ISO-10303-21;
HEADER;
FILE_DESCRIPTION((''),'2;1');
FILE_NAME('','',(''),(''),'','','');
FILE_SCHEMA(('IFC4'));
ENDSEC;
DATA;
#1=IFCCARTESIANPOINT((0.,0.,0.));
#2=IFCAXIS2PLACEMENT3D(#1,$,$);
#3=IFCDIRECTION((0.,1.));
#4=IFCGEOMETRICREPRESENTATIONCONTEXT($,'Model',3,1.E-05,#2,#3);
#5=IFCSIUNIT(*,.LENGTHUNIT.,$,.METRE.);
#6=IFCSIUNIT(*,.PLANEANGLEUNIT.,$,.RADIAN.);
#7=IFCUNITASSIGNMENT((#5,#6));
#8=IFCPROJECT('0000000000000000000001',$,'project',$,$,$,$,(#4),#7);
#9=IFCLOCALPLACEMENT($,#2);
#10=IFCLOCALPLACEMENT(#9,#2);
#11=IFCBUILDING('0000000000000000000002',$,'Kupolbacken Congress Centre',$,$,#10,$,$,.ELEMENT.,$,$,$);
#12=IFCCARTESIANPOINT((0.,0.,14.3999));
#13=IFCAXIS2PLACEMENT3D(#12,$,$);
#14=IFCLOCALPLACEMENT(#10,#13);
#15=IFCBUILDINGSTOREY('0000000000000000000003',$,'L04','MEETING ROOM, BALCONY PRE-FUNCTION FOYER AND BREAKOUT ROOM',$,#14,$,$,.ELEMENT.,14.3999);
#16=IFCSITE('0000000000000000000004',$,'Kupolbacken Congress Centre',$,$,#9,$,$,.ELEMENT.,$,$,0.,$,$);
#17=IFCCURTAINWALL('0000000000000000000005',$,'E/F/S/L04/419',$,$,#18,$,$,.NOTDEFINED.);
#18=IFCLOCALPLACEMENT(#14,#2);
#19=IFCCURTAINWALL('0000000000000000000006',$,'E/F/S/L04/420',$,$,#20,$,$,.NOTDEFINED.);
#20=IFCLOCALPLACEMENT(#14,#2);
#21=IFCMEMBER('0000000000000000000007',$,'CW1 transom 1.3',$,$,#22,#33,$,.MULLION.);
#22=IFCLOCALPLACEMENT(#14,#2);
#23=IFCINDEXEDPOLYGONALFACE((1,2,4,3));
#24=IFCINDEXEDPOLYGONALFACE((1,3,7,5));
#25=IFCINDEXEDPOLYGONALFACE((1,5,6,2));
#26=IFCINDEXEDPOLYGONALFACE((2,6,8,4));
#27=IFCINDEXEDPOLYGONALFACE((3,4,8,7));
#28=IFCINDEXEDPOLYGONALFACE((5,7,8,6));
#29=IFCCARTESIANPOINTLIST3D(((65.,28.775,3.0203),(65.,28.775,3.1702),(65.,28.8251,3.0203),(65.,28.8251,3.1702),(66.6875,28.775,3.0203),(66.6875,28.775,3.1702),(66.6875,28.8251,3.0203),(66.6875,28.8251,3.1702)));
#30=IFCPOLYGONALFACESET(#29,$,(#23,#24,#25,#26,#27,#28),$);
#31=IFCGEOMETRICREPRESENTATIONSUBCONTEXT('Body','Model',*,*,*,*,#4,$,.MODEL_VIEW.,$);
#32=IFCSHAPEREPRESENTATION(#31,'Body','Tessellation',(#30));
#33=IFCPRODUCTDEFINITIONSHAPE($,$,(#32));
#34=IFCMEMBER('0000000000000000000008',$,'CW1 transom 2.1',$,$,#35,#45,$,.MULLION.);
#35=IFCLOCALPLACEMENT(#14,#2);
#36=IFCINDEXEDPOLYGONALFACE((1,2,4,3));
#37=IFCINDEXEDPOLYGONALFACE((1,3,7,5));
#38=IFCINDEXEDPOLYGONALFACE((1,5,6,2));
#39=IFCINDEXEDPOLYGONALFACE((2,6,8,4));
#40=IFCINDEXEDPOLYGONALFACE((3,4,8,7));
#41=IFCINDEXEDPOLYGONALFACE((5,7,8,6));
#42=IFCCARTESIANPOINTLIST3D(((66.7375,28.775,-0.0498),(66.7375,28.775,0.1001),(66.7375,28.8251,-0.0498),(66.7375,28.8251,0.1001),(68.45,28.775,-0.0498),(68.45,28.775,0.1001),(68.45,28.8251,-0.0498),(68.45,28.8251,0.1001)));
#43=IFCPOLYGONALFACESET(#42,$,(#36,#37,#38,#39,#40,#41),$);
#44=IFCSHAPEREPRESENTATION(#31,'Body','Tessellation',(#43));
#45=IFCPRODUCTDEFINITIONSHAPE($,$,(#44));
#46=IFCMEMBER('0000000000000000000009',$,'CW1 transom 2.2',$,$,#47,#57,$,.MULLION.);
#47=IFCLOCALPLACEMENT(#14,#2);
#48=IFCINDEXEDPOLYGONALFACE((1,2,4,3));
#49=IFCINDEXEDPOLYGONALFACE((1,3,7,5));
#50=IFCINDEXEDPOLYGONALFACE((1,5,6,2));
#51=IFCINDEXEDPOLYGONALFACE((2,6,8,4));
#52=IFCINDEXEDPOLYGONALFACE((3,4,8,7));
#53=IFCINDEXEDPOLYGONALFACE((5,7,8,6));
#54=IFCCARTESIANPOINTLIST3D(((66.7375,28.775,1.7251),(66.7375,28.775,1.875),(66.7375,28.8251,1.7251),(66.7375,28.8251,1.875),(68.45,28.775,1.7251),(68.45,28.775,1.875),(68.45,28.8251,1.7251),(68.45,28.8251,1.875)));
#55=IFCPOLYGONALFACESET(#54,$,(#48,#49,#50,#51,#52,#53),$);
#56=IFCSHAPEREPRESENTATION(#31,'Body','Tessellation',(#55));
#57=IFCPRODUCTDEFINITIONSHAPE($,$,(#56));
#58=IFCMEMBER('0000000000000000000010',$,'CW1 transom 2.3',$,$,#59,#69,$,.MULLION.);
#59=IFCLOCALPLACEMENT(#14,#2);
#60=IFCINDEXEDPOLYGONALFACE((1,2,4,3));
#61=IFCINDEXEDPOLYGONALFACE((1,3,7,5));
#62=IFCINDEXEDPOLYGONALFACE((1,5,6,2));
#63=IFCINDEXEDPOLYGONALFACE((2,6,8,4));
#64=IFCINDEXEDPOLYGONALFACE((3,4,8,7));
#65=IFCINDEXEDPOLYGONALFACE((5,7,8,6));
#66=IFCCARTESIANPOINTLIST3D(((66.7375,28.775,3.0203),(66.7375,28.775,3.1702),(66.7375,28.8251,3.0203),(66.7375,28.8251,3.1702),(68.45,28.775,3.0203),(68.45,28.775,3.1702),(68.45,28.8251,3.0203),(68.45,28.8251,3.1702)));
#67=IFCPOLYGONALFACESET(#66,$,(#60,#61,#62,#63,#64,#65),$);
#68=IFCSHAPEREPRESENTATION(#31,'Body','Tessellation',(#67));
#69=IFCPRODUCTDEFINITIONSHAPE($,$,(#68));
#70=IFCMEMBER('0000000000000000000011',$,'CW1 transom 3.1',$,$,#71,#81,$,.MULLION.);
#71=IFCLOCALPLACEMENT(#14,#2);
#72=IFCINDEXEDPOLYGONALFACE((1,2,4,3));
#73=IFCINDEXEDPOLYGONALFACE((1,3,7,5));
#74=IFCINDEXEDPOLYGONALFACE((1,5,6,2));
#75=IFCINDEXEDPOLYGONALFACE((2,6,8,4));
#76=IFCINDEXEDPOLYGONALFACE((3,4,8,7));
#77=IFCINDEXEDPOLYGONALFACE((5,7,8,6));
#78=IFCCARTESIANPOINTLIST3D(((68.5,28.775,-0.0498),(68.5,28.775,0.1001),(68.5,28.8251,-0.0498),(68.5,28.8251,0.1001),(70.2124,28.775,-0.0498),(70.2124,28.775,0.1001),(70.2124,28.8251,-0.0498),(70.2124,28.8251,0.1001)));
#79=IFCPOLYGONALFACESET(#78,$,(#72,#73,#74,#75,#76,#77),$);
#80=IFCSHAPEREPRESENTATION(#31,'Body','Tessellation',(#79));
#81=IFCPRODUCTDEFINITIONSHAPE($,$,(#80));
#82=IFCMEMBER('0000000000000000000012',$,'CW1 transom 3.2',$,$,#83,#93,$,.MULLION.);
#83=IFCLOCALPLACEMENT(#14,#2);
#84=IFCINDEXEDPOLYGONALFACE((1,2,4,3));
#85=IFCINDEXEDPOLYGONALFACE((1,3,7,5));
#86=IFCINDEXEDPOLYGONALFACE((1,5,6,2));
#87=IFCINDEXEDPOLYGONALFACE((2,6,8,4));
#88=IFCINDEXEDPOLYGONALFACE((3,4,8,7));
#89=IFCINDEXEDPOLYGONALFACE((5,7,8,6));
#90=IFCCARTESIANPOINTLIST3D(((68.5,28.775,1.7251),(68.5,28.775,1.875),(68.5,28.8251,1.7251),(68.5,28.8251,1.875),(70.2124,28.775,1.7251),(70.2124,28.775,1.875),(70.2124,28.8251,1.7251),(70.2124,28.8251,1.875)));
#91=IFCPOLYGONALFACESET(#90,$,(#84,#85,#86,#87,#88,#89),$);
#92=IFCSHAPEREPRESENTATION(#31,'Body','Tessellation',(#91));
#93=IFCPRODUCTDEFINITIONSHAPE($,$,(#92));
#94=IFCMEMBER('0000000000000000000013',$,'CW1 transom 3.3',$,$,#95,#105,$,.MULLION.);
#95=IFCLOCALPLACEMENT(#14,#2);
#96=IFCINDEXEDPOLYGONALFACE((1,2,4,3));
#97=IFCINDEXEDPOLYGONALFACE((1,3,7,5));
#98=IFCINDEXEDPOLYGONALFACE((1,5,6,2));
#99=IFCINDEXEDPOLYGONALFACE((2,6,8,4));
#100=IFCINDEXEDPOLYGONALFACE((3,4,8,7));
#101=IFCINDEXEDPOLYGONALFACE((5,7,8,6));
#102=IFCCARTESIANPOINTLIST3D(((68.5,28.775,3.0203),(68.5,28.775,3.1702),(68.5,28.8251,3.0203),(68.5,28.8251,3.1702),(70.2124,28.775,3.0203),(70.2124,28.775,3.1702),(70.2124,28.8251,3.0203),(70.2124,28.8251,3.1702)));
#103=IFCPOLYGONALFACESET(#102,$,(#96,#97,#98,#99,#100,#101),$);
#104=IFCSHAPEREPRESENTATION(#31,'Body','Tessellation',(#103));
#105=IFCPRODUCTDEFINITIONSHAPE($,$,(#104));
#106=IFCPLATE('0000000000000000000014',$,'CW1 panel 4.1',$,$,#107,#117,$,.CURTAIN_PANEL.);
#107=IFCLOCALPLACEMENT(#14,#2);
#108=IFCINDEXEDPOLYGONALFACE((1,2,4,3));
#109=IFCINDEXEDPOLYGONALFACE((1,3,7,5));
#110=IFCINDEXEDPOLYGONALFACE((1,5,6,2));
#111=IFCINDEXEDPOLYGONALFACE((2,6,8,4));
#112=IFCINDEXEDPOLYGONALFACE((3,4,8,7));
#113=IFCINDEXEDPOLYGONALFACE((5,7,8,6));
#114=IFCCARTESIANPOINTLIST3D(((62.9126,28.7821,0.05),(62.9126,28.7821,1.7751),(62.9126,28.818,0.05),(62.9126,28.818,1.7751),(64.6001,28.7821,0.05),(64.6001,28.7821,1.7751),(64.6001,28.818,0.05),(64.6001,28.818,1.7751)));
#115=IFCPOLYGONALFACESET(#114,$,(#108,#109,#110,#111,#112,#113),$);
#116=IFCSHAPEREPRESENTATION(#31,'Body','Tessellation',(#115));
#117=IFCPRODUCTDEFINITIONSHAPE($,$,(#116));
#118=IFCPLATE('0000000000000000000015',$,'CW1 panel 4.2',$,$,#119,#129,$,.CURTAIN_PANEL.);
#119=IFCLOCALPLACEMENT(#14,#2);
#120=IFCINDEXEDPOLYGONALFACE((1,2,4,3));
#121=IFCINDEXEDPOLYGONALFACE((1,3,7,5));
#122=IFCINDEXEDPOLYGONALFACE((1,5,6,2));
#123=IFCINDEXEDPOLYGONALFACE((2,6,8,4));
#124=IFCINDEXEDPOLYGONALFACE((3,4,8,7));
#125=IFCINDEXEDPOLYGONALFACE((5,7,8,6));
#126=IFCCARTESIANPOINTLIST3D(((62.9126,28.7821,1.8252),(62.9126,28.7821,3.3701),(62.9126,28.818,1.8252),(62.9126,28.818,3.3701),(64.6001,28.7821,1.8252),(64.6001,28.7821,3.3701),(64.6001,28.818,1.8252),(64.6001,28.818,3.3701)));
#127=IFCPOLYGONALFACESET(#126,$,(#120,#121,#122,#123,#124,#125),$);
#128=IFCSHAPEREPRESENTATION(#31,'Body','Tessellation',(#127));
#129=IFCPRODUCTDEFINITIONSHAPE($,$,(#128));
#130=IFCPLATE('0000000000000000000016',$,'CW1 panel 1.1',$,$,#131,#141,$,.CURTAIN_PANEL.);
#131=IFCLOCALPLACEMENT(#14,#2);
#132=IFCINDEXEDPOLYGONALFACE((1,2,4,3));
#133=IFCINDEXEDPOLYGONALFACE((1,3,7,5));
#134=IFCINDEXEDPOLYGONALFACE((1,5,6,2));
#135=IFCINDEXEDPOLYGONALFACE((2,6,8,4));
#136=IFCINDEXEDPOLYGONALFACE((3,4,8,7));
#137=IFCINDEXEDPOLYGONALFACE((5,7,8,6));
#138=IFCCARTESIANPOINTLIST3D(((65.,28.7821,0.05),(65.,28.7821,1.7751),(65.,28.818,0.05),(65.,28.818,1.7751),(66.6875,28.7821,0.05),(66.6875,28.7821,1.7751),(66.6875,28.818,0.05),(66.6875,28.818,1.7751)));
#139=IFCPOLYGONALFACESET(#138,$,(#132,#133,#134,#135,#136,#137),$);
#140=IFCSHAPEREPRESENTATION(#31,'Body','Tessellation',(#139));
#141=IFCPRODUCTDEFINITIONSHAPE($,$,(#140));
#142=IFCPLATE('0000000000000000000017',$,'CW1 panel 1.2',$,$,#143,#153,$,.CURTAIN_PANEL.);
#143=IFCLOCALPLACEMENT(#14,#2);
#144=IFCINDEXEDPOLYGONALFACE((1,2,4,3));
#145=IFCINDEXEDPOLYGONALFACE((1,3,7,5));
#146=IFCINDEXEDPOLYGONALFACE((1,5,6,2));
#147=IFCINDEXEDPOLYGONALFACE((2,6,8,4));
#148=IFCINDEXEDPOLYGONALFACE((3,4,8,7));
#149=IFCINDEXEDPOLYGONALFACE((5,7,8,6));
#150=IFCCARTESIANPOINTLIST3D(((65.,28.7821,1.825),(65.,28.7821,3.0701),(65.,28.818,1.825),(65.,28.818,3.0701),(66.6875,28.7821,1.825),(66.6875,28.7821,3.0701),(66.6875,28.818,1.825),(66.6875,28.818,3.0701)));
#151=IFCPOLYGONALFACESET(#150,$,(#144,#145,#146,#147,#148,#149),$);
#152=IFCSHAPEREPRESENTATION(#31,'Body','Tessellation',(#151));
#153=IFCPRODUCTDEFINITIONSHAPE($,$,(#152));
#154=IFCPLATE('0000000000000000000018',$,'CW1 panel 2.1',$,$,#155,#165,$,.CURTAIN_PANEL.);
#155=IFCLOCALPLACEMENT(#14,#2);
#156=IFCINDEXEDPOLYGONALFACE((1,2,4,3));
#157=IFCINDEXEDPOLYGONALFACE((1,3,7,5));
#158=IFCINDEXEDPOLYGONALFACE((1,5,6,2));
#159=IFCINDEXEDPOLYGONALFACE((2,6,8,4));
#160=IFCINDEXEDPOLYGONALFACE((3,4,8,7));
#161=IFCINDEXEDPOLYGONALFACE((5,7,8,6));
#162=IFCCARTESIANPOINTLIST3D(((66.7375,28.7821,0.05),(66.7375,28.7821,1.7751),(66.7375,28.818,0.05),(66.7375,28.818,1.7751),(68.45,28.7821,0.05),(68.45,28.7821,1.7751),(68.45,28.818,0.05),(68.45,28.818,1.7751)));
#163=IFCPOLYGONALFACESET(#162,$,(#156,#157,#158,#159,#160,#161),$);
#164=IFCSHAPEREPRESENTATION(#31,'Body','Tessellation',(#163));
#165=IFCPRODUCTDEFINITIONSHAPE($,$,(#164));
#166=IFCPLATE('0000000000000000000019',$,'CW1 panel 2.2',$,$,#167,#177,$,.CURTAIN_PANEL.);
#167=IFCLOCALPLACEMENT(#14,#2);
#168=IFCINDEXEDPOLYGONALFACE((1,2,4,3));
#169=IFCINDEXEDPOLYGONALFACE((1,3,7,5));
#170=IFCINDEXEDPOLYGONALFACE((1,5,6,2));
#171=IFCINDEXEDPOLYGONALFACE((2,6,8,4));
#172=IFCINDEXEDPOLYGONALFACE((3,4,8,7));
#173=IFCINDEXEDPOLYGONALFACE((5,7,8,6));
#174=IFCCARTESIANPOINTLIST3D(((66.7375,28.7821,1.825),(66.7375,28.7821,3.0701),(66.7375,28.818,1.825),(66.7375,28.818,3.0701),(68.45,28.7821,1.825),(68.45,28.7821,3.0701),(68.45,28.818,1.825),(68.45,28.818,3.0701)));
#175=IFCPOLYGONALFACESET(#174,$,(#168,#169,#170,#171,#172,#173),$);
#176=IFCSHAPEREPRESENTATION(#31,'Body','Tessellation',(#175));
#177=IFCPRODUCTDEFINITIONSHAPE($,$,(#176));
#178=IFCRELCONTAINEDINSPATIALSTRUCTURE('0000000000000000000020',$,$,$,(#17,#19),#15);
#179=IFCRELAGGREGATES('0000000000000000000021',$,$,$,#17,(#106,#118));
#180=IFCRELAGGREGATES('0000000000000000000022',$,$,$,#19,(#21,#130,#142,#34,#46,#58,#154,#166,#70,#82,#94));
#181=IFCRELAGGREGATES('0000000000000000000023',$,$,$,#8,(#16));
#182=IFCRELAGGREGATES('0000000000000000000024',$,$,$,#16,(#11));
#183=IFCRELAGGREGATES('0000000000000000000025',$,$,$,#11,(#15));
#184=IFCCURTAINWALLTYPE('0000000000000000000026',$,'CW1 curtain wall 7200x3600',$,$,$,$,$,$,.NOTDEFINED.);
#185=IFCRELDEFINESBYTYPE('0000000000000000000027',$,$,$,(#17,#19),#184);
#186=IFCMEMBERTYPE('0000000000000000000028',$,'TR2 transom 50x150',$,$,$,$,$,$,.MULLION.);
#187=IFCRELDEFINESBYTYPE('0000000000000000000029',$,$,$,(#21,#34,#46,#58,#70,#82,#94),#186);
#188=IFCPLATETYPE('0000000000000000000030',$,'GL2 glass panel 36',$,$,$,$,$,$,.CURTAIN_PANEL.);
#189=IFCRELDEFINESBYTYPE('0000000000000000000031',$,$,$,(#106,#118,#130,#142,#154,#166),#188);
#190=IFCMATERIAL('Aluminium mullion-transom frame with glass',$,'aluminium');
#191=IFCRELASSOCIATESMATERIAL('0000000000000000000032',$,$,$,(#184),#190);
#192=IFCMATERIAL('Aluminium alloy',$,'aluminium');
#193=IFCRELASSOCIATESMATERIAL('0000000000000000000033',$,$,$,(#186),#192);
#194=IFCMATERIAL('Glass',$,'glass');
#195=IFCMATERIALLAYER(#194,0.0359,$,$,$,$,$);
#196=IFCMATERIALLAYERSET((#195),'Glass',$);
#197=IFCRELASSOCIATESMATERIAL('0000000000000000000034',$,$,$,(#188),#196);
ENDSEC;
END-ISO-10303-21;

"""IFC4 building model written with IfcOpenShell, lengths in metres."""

from ifc_helpers import new_model, si_unit, direction, frame, origin, origin_2d, place, context, subcontext, project, spatial, rectangle, extrude, material, layer, layer_set, material_profile, profile_set, type_object, element, aggregate, save


model = new_model("IFC4")

# Units and contexts
model_context = context("Model", 3, precision=1e-05, world=origin(), true_north=direction((0.0, 1.0)))
body_context = subcontext(model_context, "Body", "Model", "MODEL_VIEW")
ifc_project = project(units=[si_unit("LENGTHUNIT", "METRE"), si_unit("PLANEANGLEUNIT", "RADIAN")], contexts=[model_context])

# Site, building, storey
site_placement = place(None, origin())
site = spatial("IfcSite", under=ifc_project, at=site_placement, Name="Kupolbacken Congress Centre", CompositionType="ELEMENT", RefElevation=0.0)
building_placement = place(site_placement, origin())
building = spatial("IfcBuilding", under=site, at=building_placement, Name="Kupolbacken Congress Centre", CompositionType="ELEMENT")
storey_placement = place(building_placement, frame((0.0, 0.0, 14.3999)))
storey = spatial("IfcBuildingStorey", under=building, at=storey_placement, Name="L04", Description="MEETING ROOM, BALCONY PRE-FUNCTION FOYER AND BREAKOUT ROOM", CompositionType="ELEMENT", Elevation=14.3999)

# Curtain wall
ifc_material_1 = material(Name="Aluminium mullion-transom frame with glass", Category="aluminium")
curtain_wall_type = type_object("IfcCurtainWallType", Name="CW1 curtain wall 7200x3600", PredefinedType="NOTDEFINED", material=ifc_material_1)
curtain_wall_1_placement = place(storey_placement, origin())
curtain_wall_1 = element("IfcCurtainWall", 1, at=curtain_wall_1_placement, inside=storey, type_object=curtain_wall_type, Name="E/F/S/L04/419", PredefinedType="NOTDEFINED")

# Curtain wall
curtain_wall_2_placement = place(storey_placement, origin())
curtain_wall_2 = element("IfcCurtainWall", 2, at=curtain_wall_2_placement, inside=storey, type_object=curtain_wall_type, Name="E/F/S/L04/420", PredefinedType="NOTDEFINED")

# Members
ifc_material_2 = material(Name="Aluminium alloy", Category="aluminium")
ifc_material_profile_1 = material_profile(ifc_material_2, rectangle(XDim=0.05, YDim=0.1499, at=origin_2d()), Name="50 x 150")
ifc_profile_set_1 = profile_set([ifc_material_profile_1], Name="Aluminium alloy")
member_type_1 = type_object("IfcMemberType", Name="TR2 transom 50x150", PredefinedType="MULLION", material=ifc_profile_set_1)
member_1_placement = place(storey_placement, frame((65.0, 28.8, 3.0952), z_axis=(1.0, 0.0, 0.0), x_axis=(0.0, 1.0, 0.0)))
member_1 = element("IfcMember", 3, at=member_1_placement, type_object=member_type_1, Name="CW1 transom 1.3", PredefinedType="MULLION", context=body_context, shape_type="SweptSolid", body=[
    extrude(rectangle(XDim=0.05, YDim=0.1499, at=origin_2d()), origin(), (0.0, 0.0, 1.0), 1.6875),
])
member_2_placement = place(storey_placement, frame((66.7375, 28.8, 0.0251), z_axis=(1.0, 0.0, 0.0), x_axis=(0.0, 1.0, 0.0)))
member_2 = element("IfcMember", 4, at=member_2_placement, type_object=member_type_1, Name="CW1 transom 2.1", PredefinedType="MULLION", context=body_context, shape_type="SweptSolid", body=[
    extrude(rectangle(XDim=0.05, YDim=0.1499, at=origin_2d()), origin(), (0.0, 0.0, 1.0), 1.7124),
])
member_3_placement = place(storey_placement, frame((66.7375, 28.8, 1.8), z_axis=(1.0, 0.0, 0.0), x_axis=(0.0, 1.0, 0.0)))
member_3 = element("IfcMember", 5, at=member_3_placement, type_object=member_type_1, Name="CW1 transom 2.2", PredefinedType="MULLION", context=body_context, shape_type="SweptSolid", body=[
    extrude(rectangle(XDim=0.05, YDim=0.1499, at=origin_2d()), origin(), (0.0, 0.0, 1.0), 1.7124),
])
member_4_placement = place(storey_placement, frame((66.7375, 28.8, 3.0952), z_axis=(1.0, 0.0, 0.0), x_axis=(0.0, 1.0, 0.0)))
member_4 = element("IfcMember", 6, at=member_4_placement, type_object=member_type_1, Name="CW1 transom 2.3", PredefinedType="MULLION", context=body_context, shape_type="SweptSolid", body=[
    extrude(rectangle(XDim=0.05, YDim=0.1499, at=origin_2d()), origin(), (0.0, 0.0, 1.0), 1.7124),
])
member_5_placement = place(storey_placement, frame((68.5, 28.8, 0.0251), z_axis=(1.0, 0.0, 0.0), x_axis=(0.0, 1.0, 0.0)))
member_5 = element("IfcMember", 7, at=member_5_placement, type_object=member_type_1, Name="CW1 transom 3.1", PredefinedType="MULLION", context=body_context, shape_type="SweptSolid", body=[
    extrude(rectangle(XDim=0.05, YDim=0.1499, at=origin_2d()), origin(), (0.0, 0.0, 1.0), 1.7124),
])
member_6_placement = place(storey_placement, frame((68.5, 28.8, 1.8), z_axis=(1.0, 0.0, 0.0), x_axis=(0.0, 1.0, 0.0)))
member_6 = element("IfcMember", 8, at=member_6_placement, type_object=member_type_1, Name="CW1 transom 3.2", PredefinedType="MULLION", context=body_context, shape_type="SweptSolid", body=[
    extrude(rectangle(XDim=0.05, YDim=0.1499, at=origin_2d()), origin(), (0.0, 0.0, 1.0), 1.7124),
])
member_7_placement = place(storey_placement, frame((68.5, 28.8, 3.0952), z_axis=(1.0, 0.0, 0.0), x_axis=(0.0, 1.0, 0.0)))
member_7 = element("IfcMember", 9, at=member_7_placement, type_object=member_type_1, Name="CW1 transom 3.3", PredefinedType="MULLION", context=body_context, shape_type="SweptSolid", body=[
    extrude(rectangle(XDim=0.05, YDim=0.1499, at=origin_2d()), origin(), (0.0, 0.0, 1.0), 1.7124),
])

# Plates
ifc_material_3 = material(Name="Glass", Category="glass")
ifc_layer = layer(ifc_material_3, 0.0359)
ifc_layer_set = layer_set([ifc_layer], Name="Glass")
plate_type = type_object("IfcPlateType", Name="GL2 glass panel 36", PredefinedType="CURTAIN_PANEL", material=ifc_layer_set)
plate_1_placement = place(storey_placement, frame((63.7563, 28.8, 0.05), z_axis=(0.0, 0.0, 1.0), x_axis=(1.0, 0.0, 0.0)))
plate_1 = element("IfcPlate", 10, at=plate_1_placement, type_object=plate_type, Name="CW1 panel 4.1", PredefinedType="CURTAIN_PANEL", context=body_context, shape_type="SweptSolid", body=[
    extrude(rectangle(XDim=1.6875, YDim=0.0359, at=origin_2d()), origin(), (0.0, 0.0, 1.0), 1.7251),
])
plate_2_placement = place(storey_placement, frame((63.7563, 28.8, 1.8252), z_axis=(0.0, 0.0, 1.0), x_axis=(1.0, 0.0, 0.0)))
plate_2 = element("IfcPlate", 11, at=plate_2_placement, type_object=plate_type, Name="CW1 panel 4.2", PredefinedType="CURTAIN_PANEL", context=body_context, shape_type="SweptSolid", body=[
    extrude(rectangle(XDim=1.6875, YDim=0.0359, at=origin_2d()), origin(), (0.0, 0.0, 1.0), 1.5449),
])
aggregate(curtain_wall_1, [plate_1, plate_2])
plate_3_placement = place(storey_placement, frame((65.8438, 28.8, 0.05), z_axis=(0.0, 0.0, 1.0), x_axis=(1.0, 0.0, 0.0)))
plate_3 = element("IfcPlate", 12, at=plate_3_placement, type_object=plate_type, Name="CW1 panel 1.1", PredefinedType="CURTAIN_PANEL", context=body_context, shape_type="SweptSolid", body=[
    extrude(rectangle(XDim=1.6875, YDim=0.0359, at=origin_2d()), origin(), (0.0, 0.0, 1.0), 1.7251),
])
plate_4_placement = place(storey_placement, frame((65.8438, 28.8, 1.825), z_axis=(0.0, 0.0, 1.0), x_axis=(1.0, 0.0, 0.0)))
plate_4 = element("IfcPlate", 13, at=plate_4_placement, type_object=plate_type, Name="CW1 panel 1.2", PredefinedType="CURTAIN_PANEL", context=body_context, shape_type="SweptSolid", body=[
    extrude(rectangle(XDim=1.6875, YDim=0.0359, at=origin_2d()), origin(), (0.0, 0.0, 1.0), 1.2451),
])
plate_5_placement = place(storey_placement, frame((67.5938, 28.8, 0.05), z_axis=(0.0, 0.0, 1.0), x_axis=(1.0, 0.0, 0.0)))
plate_5 = element("IfcPlate", 14, at=plate_5_placement, type_object=plate_type, Name="CW1 panel 2.1", PredefinedType="CURTAIN_PANEL", context=body_context, shape_type="SweptSolid", body=[
    extrude(rectangle(XDim=1.7124, YDim=0.0359, at=origin_2d()), origin(), (0.0, 0.0, 1.0), 1.7251),
])
plate_6_placement = place(storey_placement, frame((67.5938, 28.8, 1.825), z_axis=(0.0, 0.0, 1.0), x_axis=(1.0, 0.0, 0.0)))
plate_6 = element("IfcPlate", 15, at=plate_6_placement, type_object=plate_type, Name="CW1 panel 2.2", PredefinedType="CURTAIN_PANEL", context=body_context, shape_type="SweptSolid", body=[
    extrude(rectangle(XDim=1.7124, YDim=0.0359, at=origin_2d()), origin(), (0.0, 0.0, 1.0), 1.2451),
])
aggregate(curtain_wall_2, [member_1, plate_3, plate_4, member_2, member_3, member_4, plate_5, plate_6, member_5, member_6, member_7])

save(model, "model.ifc")
